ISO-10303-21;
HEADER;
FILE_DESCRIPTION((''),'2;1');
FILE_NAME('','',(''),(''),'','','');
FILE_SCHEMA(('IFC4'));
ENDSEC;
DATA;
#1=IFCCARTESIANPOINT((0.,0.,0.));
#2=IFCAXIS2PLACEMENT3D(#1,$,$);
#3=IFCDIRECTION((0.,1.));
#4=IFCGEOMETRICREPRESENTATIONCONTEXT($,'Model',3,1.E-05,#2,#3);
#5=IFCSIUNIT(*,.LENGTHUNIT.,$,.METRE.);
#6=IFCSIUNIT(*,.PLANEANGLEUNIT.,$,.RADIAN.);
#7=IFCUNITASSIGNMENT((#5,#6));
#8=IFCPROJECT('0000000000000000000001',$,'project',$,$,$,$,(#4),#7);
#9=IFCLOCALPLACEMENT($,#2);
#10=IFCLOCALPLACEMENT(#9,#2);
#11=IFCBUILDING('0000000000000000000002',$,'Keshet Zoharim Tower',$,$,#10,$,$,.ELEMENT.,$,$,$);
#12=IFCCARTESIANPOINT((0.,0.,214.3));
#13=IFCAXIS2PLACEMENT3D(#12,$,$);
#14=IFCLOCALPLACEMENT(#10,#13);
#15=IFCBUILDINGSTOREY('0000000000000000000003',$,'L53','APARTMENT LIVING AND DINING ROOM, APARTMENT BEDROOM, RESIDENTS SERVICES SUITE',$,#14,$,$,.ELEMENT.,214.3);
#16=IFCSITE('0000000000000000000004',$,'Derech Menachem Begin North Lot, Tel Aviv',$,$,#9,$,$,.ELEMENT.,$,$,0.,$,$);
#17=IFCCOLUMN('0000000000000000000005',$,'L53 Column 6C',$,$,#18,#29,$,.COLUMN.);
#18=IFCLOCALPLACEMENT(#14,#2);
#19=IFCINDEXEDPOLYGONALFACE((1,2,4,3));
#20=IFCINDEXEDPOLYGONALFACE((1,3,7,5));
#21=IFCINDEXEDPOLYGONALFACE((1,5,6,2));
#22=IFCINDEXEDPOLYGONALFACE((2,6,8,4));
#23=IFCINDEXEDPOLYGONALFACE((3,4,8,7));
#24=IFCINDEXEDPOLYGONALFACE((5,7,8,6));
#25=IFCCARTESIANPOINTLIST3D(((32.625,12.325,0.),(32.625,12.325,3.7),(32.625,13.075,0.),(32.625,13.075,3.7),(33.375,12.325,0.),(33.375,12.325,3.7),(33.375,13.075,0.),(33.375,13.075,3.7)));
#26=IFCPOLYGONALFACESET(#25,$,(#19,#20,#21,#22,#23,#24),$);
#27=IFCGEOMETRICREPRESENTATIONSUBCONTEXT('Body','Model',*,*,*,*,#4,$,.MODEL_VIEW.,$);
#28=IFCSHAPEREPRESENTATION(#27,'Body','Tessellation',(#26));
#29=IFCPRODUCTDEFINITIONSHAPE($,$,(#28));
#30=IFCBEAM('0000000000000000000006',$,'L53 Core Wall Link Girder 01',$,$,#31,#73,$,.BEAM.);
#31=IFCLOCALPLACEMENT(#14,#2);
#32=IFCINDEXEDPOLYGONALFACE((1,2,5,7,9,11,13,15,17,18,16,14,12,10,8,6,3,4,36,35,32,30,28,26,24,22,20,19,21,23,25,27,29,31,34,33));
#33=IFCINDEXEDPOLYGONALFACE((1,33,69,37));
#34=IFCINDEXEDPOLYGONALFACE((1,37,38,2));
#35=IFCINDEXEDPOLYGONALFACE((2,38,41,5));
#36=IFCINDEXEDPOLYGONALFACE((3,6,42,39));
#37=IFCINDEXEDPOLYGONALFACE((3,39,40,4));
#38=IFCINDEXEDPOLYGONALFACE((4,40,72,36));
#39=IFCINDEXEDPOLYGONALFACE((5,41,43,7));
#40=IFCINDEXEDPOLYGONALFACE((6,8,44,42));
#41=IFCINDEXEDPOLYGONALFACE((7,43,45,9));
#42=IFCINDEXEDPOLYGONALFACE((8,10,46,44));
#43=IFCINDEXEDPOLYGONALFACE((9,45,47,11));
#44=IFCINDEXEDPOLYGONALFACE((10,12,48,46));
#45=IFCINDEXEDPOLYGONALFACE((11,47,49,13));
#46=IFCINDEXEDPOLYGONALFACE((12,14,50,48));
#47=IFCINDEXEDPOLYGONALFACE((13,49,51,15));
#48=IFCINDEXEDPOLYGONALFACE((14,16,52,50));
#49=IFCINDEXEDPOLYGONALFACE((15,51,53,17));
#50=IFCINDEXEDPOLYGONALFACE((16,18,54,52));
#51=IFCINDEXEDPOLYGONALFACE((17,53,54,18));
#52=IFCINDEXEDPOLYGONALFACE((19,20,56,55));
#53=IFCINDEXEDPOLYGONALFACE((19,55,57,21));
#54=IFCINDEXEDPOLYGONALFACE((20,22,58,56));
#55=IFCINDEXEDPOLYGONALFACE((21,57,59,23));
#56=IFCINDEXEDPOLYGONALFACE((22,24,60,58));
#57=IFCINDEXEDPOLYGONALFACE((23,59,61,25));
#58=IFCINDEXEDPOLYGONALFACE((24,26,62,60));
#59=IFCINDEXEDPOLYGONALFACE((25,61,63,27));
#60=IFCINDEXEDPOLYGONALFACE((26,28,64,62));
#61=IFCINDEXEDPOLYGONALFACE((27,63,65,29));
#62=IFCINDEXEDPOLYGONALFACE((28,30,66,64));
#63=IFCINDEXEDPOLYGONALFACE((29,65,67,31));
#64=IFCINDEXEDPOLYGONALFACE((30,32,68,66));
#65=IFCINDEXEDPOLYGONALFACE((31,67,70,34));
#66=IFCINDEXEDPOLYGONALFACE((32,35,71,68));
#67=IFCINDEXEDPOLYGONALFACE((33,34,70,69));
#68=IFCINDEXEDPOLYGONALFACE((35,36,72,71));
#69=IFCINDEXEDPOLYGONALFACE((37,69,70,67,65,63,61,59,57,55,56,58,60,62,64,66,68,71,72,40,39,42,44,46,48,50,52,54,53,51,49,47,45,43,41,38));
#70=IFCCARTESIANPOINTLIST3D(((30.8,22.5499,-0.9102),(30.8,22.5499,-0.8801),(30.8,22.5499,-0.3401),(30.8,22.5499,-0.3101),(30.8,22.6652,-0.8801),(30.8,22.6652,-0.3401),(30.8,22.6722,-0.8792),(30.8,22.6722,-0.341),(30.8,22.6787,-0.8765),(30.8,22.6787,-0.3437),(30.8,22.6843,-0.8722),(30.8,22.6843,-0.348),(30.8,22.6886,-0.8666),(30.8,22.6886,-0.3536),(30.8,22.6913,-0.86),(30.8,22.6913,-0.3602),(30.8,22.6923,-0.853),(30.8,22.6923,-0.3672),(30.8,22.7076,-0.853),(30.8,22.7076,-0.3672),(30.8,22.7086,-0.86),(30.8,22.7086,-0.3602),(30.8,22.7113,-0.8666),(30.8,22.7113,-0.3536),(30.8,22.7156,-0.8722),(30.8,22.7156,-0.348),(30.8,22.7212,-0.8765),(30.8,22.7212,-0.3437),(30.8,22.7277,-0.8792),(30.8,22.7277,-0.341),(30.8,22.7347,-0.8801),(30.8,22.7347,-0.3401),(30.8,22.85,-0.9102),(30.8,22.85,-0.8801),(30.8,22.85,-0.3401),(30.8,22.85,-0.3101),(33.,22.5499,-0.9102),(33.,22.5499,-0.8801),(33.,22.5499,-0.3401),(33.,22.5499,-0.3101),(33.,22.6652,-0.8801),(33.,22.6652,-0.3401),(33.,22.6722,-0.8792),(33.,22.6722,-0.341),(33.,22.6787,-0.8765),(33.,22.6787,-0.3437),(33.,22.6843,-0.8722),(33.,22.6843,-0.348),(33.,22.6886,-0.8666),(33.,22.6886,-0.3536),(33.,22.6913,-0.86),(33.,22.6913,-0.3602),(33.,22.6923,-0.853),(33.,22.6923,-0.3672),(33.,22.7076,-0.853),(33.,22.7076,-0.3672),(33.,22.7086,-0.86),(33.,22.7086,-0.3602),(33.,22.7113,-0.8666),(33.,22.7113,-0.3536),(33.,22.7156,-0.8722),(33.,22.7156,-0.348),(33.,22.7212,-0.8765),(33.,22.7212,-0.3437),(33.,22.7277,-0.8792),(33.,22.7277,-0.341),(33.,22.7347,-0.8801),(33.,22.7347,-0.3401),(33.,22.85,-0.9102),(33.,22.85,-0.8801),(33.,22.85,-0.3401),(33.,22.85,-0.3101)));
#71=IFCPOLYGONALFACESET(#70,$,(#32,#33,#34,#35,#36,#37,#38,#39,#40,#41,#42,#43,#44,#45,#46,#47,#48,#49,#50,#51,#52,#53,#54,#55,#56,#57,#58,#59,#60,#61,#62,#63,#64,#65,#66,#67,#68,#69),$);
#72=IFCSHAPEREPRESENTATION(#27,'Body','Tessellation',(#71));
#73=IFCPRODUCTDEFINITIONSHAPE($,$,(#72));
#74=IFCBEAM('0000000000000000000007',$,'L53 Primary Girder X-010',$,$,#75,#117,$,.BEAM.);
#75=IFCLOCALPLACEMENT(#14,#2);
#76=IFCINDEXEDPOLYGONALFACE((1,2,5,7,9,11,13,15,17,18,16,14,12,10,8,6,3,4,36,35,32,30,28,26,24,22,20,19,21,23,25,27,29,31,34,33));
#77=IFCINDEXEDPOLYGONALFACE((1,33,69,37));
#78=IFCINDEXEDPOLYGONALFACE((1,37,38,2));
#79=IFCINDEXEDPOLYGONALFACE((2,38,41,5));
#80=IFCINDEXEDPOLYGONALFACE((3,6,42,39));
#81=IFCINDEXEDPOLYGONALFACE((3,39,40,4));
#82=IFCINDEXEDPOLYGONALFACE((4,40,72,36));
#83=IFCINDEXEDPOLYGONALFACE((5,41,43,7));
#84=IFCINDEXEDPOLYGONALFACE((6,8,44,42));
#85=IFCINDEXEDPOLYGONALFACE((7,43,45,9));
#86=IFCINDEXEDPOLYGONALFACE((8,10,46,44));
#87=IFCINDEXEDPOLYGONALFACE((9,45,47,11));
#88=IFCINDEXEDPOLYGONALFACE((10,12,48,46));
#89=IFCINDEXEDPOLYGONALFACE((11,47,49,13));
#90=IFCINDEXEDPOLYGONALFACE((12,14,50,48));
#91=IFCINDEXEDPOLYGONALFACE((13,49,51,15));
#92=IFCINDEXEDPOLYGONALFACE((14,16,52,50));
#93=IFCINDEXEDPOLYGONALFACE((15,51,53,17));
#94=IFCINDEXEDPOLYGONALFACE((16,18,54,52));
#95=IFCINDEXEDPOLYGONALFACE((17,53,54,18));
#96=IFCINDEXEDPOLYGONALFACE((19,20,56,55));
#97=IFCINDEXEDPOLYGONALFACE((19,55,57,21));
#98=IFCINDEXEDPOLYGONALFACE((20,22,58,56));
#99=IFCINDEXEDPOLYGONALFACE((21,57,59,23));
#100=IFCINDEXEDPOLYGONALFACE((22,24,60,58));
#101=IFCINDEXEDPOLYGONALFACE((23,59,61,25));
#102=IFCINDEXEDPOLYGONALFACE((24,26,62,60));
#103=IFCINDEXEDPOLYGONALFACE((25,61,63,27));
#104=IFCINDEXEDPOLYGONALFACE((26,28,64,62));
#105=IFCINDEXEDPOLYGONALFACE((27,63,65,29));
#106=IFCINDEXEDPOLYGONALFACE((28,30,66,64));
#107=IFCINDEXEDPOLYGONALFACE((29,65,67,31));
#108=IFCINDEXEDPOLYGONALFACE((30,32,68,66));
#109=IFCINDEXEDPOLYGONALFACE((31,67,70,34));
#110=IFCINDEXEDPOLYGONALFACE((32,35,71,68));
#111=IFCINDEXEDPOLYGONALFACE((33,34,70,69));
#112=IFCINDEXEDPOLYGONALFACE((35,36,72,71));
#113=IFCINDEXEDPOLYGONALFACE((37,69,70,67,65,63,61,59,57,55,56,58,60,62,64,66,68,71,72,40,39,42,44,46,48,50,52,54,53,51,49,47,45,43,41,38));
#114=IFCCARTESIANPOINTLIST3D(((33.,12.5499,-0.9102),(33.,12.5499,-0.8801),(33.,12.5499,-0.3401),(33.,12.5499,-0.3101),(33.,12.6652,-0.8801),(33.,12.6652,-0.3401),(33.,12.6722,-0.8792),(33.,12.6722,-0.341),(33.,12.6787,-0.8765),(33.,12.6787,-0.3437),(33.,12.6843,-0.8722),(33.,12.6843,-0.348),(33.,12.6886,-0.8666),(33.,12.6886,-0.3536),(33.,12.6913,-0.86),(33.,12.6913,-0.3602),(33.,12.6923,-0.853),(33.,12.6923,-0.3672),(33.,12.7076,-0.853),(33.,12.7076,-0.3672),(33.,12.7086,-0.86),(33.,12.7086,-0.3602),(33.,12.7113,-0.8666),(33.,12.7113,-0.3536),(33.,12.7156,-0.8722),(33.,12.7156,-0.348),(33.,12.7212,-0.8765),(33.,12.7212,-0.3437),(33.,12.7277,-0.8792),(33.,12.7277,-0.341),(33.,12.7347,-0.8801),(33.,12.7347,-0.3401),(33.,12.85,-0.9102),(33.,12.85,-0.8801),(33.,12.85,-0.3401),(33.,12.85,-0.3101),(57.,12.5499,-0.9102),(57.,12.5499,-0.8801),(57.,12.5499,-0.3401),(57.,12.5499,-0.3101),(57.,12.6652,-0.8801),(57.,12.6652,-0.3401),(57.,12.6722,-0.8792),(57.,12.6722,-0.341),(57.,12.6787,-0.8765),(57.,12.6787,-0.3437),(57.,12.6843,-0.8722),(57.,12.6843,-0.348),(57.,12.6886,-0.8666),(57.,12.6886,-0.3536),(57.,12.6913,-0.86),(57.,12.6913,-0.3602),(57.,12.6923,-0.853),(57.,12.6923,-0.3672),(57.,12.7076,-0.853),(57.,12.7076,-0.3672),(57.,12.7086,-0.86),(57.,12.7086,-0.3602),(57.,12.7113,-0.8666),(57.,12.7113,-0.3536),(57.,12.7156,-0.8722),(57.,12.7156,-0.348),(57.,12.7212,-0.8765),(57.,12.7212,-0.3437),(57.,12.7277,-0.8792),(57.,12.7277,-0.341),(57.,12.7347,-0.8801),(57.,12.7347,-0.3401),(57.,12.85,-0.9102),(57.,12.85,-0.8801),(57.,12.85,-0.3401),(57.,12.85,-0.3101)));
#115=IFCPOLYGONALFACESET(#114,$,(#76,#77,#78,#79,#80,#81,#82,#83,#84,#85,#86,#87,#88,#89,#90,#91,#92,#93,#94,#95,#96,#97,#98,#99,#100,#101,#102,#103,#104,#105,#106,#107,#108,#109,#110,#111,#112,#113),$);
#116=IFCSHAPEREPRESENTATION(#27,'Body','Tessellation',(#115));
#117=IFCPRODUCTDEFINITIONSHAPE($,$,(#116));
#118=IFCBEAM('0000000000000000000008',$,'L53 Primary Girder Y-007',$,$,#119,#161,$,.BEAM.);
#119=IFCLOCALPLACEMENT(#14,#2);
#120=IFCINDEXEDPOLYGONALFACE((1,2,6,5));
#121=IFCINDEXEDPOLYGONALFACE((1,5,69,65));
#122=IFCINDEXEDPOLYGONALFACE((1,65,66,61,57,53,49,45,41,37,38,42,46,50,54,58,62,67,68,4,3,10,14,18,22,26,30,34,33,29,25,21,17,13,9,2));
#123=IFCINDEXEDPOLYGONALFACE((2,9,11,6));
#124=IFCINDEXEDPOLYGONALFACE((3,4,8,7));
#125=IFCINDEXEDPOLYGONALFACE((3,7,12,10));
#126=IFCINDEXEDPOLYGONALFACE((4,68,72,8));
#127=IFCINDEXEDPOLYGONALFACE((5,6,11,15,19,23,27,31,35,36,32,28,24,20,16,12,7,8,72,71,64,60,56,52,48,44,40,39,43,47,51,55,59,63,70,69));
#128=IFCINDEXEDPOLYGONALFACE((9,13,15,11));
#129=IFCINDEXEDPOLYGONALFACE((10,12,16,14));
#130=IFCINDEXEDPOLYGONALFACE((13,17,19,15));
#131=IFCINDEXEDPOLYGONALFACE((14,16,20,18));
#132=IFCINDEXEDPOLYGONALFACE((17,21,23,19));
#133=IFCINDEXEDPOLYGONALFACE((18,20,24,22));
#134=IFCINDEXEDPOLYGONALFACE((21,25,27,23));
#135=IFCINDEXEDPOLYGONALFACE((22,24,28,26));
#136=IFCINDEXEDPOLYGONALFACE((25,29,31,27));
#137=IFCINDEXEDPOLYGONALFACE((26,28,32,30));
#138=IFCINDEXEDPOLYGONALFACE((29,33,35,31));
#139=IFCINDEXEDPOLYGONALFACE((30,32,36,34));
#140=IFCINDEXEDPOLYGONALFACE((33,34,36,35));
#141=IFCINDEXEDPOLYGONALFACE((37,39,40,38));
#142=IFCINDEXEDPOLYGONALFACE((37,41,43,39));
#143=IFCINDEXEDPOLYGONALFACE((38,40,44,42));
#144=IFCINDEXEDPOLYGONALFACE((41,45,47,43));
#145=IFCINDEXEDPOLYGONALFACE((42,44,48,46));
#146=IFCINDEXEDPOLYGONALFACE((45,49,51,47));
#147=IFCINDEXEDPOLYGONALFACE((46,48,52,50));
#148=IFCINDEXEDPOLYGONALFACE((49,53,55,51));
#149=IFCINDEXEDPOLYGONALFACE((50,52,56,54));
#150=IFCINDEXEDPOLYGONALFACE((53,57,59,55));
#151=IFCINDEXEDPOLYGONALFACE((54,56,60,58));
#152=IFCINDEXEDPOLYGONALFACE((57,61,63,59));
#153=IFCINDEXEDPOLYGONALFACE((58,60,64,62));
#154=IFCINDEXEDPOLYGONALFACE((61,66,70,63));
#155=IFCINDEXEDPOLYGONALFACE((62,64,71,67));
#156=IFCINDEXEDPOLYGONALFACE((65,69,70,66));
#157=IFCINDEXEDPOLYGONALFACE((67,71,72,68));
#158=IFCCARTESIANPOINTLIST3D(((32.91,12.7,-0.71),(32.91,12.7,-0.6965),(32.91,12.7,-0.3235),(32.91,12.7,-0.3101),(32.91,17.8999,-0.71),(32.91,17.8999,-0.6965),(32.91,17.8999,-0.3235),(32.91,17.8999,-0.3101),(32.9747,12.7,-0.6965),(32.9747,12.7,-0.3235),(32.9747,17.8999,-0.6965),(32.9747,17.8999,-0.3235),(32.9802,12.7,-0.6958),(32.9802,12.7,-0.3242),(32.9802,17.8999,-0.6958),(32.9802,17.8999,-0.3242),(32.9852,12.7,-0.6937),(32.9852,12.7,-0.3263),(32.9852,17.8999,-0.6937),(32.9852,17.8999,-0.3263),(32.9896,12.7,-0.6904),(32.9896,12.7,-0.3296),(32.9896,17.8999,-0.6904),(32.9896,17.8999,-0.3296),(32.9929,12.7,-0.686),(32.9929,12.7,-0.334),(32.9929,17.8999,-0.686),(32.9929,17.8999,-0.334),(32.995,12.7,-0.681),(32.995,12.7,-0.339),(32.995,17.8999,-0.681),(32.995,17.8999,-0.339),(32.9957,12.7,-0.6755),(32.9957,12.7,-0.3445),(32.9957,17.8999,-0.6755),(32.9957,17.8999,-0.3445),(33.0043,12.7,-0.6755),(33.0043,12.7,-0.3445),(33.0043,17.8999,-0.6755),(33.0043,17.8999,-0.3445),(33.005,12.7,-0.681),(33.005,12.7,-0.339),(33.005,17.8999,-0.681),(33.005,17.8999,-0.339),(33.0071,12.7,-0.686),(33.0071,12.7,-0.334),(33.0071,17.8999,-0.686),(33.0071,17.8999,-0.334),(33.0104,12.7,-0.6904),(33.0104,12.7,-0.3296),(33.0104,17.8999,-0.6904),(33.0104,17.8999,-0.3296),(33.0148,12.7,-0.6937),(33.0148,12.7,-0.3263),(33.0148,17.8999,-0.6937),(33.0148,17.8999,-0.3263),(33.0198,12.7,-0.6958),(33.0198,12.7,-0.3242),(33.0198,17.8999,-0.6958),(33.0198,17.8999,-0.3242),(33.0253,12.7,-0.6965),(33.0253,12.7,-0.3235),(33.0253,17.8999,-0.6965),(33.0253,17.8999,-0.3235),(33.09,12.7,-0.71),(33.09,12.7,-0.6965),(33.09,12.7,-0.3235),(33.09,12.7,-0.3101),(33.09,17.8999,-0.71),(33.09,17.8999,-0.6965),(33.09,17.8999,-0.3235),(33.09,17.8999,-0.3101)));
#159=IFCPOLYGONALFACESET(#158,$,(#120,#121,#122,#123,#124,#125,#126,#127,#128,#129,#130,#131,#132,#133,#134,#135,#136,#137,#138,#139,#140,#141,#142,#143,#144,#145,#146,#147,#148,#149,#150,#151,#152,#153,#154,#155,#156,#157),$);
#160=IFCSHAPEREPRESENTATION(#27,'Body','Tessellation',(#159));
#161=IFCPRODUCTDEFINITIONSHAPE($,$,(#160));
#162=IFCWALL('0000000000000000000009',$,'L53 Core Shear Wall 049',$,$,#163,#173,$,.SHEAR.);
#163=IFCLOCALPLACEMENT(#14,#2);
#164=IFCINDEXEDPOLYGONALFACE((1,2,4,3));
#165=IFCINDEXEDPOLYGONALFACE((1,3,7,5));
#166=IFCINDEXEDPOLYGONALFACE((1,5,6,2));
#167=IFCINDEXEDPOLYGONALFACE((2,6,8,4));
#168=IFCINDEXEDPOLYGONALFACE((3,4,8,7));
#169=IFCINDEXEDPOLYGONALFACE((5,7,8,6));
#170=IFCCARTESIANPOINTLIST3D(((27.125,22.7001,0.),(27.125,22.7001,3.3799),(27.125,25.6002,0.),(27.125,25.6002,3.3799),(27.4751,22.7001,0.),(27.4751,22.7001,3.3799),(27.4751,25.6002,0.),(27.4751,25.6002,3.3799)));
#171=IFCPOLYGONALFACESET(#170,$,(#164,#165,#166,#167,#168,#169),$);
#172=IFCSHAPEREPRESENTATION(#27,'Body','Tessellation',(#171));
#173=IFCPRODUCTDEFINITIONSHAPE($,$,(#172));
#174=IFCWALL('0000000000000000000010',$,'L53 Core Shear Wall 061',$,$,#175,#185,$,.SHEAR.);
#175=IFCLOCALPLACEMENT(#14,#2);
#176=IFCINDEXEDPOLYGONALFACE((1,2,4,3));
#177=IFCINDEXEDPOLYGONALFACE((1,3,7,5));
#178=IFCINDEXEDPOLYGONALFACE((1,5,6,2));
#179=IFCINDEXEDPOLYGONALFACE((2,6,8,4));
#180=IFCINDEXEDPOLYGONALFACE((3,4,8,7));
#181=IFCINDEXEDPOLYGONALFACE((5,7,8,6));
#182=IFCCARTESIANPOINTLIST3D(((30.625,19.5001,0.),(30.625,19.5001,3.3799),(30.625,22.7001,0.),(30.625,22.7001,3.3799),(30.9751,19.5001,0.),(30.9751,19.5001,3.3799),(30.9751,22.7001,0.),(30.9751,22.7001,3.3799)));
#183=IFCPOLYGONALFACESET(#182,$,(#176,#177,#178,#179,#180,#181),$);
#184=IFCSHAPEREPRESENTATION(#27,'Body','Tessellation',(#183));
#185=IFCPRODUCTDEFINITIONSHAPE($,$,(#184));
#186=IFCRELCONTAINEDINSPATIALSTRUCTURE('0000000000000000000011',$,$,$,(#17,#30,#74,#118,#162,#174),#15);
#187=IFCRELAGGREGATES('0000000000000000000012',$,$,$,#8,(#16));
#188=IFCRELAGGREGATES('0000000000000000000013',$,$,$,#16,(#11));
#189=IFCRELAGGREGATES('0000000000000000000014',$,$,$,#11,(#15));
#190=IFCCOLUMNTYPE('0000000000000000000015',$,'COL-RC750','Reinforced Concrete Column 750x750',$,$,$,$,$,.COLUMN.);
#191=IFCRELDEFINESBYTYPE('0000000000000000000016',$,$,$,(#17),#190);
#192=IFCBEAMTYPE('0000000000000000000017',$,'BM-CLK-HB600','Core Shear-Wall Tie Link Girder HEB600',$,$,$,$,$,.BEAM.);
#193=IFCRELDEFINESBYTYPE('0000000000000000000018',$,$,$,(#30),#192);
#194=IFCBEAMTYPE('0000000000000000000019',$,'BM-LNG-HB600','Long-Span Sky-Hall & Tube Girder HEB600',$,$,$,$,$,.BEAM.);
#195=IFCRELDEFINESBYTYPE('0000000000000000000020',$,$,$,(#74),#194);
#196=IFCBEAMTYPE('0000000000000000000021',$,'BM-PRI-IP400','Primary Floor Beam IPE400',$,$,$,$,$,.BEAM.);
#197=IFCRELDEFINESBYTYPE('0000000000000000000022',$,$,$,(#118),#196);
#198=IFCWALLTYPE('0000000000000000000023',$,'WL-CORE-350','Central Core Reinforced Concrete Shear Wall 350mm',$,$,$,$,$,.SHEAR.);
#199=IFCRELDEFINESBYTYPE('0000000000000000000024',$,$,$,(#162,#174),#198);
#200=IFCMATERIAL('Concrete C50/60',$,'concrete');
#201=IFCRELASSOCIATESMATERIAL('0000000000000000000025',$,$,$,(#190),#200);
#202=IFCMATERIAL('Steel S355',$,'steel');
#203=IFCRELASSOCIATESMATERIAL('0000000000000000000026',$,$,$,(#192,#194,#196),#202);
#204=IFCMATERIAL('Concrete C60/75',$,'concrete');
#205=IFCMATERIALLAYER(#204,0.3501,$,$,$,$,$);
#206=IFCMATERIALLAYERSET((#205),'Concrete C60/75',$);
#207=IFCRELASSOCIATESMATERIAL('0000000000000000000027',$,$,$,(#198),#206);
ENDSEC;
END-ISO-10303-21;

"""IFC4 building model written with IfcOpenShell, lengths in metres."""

from ifc_helpers import new_model, si_unit, direction, frame, frame_2d, origin, origin_2d, place, context, subcontext, project, spatial, rectangle, i_section, extrude, material, layer, layer_set, material_profile, profile_set, type_object, element, save


model = new_model("IFC4")

# Units and contexts
model_context = context("Model", 3, precision=1e-05, world=origin(), true_north=direction((0.0, 1.0)))
body_context = subcontext(model_context, "Body", "Model", "MODEL_VIEW")
ifc_project = project(units=[si_unit("LENGTHUNIT", "METRE"), si_unit("PLANEANGLEUNIT", "RADIAN")], contexts=[model_context])

# Site, building, storey
site_placement = place(None, origin())
site = spatial("IfcSite", under=ifc_project, at=site_placement, Name="Derech Menachem Begin North Lot, Tel Aviv", CompositionType="ELEMENT", RefElevation=0.0)
building_placement = place(site_placement, origin())
building = spatial("IfcBuilding", under=site, at=building_placement, Name="Keshet Zoharim Tower", CompositionType="ELEMENT")
storey_placement = place(building_placement, frame((0.0, 0.0, 214.3)))
storey = spatial("IfcBuildingStorey", under=building, at=storey_placement, Name="L53", Description="APARTMENT LIVING AND DINING ROOM, APARTMENT BEDROOM, RESIDENTS SERVICES SUITE", CompositionType="ELEMENT", Elevation=214.3)

# Column
ifc_material_1 = material(Name="Concrete C50/60", Category="concrete")
ifc_material_profile_1 = material_profile(ifc_material_1, rectangle(XDim=0.75, YDim=0.75, at=origin_2d()), Name="RC750x750")
ifc_profile_set_1 = profile_set([ifc_material_profile_1], Name="Concrete C50/60")
column_type = type_object("IfcColumnType", Name="COL-RC750", Description="Reinforced Concrete Column 750x750", PredefinedType="COLUMN", material=ifc_profile_set_1)
column_placement = place(storey_placement, frame((33.0, 12.7, 0.0), z_axis=(0.0, 0.0, 1.0), x_axis=(1.0, 0.0, 0.0)))
element("IfcColumn", 1, at=column_placement, inside=storey, type_object=column_type, Name="L53 Column 6C", PredefinedType="COLUMN", context=body_context, shape_type="SweptSolid", body=[
    extrude(rectangle(XDim=0.75, YDim=0.75, at=origin_2d()), origin(), (0.0, 0.0, 1.0), 3.7),
])

# Beams
ifc_material_2 = material(Name="Steel S355", Category="steel")
ifc_material_profile_2 = material_profile(ifc_material_2, i_section(OverallWidth=0.3, OverallDepth=0.6001, WebThickness=0.0154, FlangeThickness=0.03, FilletRadius=0.0271, at=origin_2d()), Name="HEB600")
ifc_profile_set_2 = profile_set([ifc_material_profile_2], Name="Steel S355")
beam_type_1 = type_object("IfcBeamType", Name="BM-CLK-HB600", Description="Core Shear-Wall Tie Link Girder HEB600", PredefinedType="BEAM", material=ifc_profile_set_2)
beam_1_placement = place(storey_placement, frame((30.8, 22.7, -0.6101), z_axis=(1.0, 0.0, 0.0), x_axis=(0.0, 1.0, 0.0)))
element("IfcBeam", 2, at=beam_1_placement, inside=storey, type_object=beam_type_1, Name="L53 Core Wall Link Girder 01", PredefinedType="BEAM", context=body_context, shape_type="SweptSolid", body=[
    extrude(i_section(OverallWidth=0.3, OverallDepth=0.6001, WebThickness=0.0154, FlangeThickness=0.03, FilletRadius=0.0271, at=origin_2d()), origin(), (0.0, 0.0, 1.0), 2.2),
])
ifc_material_profile_3 = material_profile(ifc_material_2, i_section(OverallWidth=0.3, OverallDepth=0.6001, WebThickness=0.0154, FlangeThickness=0.03, FilletRadius=0.0271, at=origin_2d()), Name="HEB600")
ifc_profile_set_3 = profile_set([ifc_material_profile_3], Name="Steel S355")
beam_type_2 = type_object("IfcBeamType", Name="BM-LNG-HB600", Description="Long-Span Sky-Hall & Tube Girder HEB600", PredefinedType="BEAM", material=ifc_profile_set_3)
beam_2_placement = place(storey_placement, frame((33.0, 12.7, -0.6101), z_axis=(1.0, 0.0, 0.0), x_axis=(0.0, 1.0, 0.0)))
element("IfcBeam", 3, at=beam_2_placement, inside=storey, type_object=beam_type_2, Name="L53 Primary Girder X-010", PredefinedType="BEAM", context=body_context, shape_type="SweptSolid", body=[
    extrude(i_section(OverallWidth=0.3, OverallDepth=0.6001, WebThickness=0.0154, FlangeThickness=0.03, FilletRadius=0.0271, at=origin_2d()), origin(), (0.0, 0.0, 1.0), 24.0),
])
ifc_material_profile_4 = material_profile(ifc_material_2, i_section(OverallWidth=0.1799, OverallDepth=0.3999, WebThickness=0.0085, FlangeThickness=0.0134, FilletRadius=0.021, at=origin_2d()), Name="IPE400")
ifc_profile_set_4 = profile_set([ifc_material_profile_4], Name="Steel S355")
beam_type_3 = type_object("IfcBeamType", Name="BM-PRI-IP400", Description="Primary Floor Beam IPE400", PredefinedType="BEAM", material=ifc_profile_set_4)
beam_3_placement = place(storey_placement, frame((33.0, 12.7, -0.51), z_axis=(0.0, 1.0, 0.0), x_axis=(-1.0, 0.0, 0.0)))
element("IfcBeam", 4, at=beam_3_placement, inside=storey, type_object=beam_type_3, Name="L53 Primary Girder Y-007", PredefinedType="BEAM", context=body_context, shape_type="SweptSolid", body=[
    extrude(i_section(OverallWidth=0.1799, OverallDepth=0.3999, WebThickness=0.0085, FlangeThickness=0.0134, FilletRadius=0.021, at=origin_2d()), origin(), (0.0, 0.0, 1.0), 5.2),
])

# Walls
ifc_material_3 = material(Name="Concrete C60/75", Category="concrete")
ifc_layer_1 = layer(ifc_material_3, 0.3501)
ifc_layer_set_1 = layer_set([ifc_layer_1], Name="Concrete C60/75")
wall_type_1 = type_object("IfcWallType", Name="WL-CORE-350", Description="Central Core Reinforced Concrete Shear Wall 350mm", PredefinedType="SHEAR", material=ifc_layer_set_1)
wall_1_placement = place(storey_placement, frame((27.3, 22.7, 0.0), z_axis=(0.0, 0.0, 1.0), x_axis=(0.0, 1.0, 0.0)))
element("IfcWall", 5, at=wall_1_placement, inside=storey, type_object=wall_type_1, Name="L53 Core Shear Wall 049", PredefinedType="SHEAR", context=body_context, shape_type="SweptSolid", body=[
    extrude(rectangle(XDim=2.9001, YDim=0.3501, at=frame_2d((1.4502, 0.0))), origin(), (0.0, 0.0, 1.0), 3.3799),
])
wall_2_placement = place(storey_placement, frame((30.8, 19.5, 0.0), z_axis=(0.0, 0.0, 1.0), x_axis=(0.0, 1.0, 0.0)))
element("IfcWall", 6, at=wall_2_placement, inside=storey, type_object=wall_type_1, Name="L53 Core Shear Wall 061", PredefinedType="SHEAR", context=body_context, shape_type="SweptSolid", body=[
    extrude(rectangle(XDim=3.2, YDim=0.3501, at=frame_2d((1.6001, 0.0))), origin(), (0.0, 0.0, 1.0), 3.3799),
])

save(model, "model.ifc")
